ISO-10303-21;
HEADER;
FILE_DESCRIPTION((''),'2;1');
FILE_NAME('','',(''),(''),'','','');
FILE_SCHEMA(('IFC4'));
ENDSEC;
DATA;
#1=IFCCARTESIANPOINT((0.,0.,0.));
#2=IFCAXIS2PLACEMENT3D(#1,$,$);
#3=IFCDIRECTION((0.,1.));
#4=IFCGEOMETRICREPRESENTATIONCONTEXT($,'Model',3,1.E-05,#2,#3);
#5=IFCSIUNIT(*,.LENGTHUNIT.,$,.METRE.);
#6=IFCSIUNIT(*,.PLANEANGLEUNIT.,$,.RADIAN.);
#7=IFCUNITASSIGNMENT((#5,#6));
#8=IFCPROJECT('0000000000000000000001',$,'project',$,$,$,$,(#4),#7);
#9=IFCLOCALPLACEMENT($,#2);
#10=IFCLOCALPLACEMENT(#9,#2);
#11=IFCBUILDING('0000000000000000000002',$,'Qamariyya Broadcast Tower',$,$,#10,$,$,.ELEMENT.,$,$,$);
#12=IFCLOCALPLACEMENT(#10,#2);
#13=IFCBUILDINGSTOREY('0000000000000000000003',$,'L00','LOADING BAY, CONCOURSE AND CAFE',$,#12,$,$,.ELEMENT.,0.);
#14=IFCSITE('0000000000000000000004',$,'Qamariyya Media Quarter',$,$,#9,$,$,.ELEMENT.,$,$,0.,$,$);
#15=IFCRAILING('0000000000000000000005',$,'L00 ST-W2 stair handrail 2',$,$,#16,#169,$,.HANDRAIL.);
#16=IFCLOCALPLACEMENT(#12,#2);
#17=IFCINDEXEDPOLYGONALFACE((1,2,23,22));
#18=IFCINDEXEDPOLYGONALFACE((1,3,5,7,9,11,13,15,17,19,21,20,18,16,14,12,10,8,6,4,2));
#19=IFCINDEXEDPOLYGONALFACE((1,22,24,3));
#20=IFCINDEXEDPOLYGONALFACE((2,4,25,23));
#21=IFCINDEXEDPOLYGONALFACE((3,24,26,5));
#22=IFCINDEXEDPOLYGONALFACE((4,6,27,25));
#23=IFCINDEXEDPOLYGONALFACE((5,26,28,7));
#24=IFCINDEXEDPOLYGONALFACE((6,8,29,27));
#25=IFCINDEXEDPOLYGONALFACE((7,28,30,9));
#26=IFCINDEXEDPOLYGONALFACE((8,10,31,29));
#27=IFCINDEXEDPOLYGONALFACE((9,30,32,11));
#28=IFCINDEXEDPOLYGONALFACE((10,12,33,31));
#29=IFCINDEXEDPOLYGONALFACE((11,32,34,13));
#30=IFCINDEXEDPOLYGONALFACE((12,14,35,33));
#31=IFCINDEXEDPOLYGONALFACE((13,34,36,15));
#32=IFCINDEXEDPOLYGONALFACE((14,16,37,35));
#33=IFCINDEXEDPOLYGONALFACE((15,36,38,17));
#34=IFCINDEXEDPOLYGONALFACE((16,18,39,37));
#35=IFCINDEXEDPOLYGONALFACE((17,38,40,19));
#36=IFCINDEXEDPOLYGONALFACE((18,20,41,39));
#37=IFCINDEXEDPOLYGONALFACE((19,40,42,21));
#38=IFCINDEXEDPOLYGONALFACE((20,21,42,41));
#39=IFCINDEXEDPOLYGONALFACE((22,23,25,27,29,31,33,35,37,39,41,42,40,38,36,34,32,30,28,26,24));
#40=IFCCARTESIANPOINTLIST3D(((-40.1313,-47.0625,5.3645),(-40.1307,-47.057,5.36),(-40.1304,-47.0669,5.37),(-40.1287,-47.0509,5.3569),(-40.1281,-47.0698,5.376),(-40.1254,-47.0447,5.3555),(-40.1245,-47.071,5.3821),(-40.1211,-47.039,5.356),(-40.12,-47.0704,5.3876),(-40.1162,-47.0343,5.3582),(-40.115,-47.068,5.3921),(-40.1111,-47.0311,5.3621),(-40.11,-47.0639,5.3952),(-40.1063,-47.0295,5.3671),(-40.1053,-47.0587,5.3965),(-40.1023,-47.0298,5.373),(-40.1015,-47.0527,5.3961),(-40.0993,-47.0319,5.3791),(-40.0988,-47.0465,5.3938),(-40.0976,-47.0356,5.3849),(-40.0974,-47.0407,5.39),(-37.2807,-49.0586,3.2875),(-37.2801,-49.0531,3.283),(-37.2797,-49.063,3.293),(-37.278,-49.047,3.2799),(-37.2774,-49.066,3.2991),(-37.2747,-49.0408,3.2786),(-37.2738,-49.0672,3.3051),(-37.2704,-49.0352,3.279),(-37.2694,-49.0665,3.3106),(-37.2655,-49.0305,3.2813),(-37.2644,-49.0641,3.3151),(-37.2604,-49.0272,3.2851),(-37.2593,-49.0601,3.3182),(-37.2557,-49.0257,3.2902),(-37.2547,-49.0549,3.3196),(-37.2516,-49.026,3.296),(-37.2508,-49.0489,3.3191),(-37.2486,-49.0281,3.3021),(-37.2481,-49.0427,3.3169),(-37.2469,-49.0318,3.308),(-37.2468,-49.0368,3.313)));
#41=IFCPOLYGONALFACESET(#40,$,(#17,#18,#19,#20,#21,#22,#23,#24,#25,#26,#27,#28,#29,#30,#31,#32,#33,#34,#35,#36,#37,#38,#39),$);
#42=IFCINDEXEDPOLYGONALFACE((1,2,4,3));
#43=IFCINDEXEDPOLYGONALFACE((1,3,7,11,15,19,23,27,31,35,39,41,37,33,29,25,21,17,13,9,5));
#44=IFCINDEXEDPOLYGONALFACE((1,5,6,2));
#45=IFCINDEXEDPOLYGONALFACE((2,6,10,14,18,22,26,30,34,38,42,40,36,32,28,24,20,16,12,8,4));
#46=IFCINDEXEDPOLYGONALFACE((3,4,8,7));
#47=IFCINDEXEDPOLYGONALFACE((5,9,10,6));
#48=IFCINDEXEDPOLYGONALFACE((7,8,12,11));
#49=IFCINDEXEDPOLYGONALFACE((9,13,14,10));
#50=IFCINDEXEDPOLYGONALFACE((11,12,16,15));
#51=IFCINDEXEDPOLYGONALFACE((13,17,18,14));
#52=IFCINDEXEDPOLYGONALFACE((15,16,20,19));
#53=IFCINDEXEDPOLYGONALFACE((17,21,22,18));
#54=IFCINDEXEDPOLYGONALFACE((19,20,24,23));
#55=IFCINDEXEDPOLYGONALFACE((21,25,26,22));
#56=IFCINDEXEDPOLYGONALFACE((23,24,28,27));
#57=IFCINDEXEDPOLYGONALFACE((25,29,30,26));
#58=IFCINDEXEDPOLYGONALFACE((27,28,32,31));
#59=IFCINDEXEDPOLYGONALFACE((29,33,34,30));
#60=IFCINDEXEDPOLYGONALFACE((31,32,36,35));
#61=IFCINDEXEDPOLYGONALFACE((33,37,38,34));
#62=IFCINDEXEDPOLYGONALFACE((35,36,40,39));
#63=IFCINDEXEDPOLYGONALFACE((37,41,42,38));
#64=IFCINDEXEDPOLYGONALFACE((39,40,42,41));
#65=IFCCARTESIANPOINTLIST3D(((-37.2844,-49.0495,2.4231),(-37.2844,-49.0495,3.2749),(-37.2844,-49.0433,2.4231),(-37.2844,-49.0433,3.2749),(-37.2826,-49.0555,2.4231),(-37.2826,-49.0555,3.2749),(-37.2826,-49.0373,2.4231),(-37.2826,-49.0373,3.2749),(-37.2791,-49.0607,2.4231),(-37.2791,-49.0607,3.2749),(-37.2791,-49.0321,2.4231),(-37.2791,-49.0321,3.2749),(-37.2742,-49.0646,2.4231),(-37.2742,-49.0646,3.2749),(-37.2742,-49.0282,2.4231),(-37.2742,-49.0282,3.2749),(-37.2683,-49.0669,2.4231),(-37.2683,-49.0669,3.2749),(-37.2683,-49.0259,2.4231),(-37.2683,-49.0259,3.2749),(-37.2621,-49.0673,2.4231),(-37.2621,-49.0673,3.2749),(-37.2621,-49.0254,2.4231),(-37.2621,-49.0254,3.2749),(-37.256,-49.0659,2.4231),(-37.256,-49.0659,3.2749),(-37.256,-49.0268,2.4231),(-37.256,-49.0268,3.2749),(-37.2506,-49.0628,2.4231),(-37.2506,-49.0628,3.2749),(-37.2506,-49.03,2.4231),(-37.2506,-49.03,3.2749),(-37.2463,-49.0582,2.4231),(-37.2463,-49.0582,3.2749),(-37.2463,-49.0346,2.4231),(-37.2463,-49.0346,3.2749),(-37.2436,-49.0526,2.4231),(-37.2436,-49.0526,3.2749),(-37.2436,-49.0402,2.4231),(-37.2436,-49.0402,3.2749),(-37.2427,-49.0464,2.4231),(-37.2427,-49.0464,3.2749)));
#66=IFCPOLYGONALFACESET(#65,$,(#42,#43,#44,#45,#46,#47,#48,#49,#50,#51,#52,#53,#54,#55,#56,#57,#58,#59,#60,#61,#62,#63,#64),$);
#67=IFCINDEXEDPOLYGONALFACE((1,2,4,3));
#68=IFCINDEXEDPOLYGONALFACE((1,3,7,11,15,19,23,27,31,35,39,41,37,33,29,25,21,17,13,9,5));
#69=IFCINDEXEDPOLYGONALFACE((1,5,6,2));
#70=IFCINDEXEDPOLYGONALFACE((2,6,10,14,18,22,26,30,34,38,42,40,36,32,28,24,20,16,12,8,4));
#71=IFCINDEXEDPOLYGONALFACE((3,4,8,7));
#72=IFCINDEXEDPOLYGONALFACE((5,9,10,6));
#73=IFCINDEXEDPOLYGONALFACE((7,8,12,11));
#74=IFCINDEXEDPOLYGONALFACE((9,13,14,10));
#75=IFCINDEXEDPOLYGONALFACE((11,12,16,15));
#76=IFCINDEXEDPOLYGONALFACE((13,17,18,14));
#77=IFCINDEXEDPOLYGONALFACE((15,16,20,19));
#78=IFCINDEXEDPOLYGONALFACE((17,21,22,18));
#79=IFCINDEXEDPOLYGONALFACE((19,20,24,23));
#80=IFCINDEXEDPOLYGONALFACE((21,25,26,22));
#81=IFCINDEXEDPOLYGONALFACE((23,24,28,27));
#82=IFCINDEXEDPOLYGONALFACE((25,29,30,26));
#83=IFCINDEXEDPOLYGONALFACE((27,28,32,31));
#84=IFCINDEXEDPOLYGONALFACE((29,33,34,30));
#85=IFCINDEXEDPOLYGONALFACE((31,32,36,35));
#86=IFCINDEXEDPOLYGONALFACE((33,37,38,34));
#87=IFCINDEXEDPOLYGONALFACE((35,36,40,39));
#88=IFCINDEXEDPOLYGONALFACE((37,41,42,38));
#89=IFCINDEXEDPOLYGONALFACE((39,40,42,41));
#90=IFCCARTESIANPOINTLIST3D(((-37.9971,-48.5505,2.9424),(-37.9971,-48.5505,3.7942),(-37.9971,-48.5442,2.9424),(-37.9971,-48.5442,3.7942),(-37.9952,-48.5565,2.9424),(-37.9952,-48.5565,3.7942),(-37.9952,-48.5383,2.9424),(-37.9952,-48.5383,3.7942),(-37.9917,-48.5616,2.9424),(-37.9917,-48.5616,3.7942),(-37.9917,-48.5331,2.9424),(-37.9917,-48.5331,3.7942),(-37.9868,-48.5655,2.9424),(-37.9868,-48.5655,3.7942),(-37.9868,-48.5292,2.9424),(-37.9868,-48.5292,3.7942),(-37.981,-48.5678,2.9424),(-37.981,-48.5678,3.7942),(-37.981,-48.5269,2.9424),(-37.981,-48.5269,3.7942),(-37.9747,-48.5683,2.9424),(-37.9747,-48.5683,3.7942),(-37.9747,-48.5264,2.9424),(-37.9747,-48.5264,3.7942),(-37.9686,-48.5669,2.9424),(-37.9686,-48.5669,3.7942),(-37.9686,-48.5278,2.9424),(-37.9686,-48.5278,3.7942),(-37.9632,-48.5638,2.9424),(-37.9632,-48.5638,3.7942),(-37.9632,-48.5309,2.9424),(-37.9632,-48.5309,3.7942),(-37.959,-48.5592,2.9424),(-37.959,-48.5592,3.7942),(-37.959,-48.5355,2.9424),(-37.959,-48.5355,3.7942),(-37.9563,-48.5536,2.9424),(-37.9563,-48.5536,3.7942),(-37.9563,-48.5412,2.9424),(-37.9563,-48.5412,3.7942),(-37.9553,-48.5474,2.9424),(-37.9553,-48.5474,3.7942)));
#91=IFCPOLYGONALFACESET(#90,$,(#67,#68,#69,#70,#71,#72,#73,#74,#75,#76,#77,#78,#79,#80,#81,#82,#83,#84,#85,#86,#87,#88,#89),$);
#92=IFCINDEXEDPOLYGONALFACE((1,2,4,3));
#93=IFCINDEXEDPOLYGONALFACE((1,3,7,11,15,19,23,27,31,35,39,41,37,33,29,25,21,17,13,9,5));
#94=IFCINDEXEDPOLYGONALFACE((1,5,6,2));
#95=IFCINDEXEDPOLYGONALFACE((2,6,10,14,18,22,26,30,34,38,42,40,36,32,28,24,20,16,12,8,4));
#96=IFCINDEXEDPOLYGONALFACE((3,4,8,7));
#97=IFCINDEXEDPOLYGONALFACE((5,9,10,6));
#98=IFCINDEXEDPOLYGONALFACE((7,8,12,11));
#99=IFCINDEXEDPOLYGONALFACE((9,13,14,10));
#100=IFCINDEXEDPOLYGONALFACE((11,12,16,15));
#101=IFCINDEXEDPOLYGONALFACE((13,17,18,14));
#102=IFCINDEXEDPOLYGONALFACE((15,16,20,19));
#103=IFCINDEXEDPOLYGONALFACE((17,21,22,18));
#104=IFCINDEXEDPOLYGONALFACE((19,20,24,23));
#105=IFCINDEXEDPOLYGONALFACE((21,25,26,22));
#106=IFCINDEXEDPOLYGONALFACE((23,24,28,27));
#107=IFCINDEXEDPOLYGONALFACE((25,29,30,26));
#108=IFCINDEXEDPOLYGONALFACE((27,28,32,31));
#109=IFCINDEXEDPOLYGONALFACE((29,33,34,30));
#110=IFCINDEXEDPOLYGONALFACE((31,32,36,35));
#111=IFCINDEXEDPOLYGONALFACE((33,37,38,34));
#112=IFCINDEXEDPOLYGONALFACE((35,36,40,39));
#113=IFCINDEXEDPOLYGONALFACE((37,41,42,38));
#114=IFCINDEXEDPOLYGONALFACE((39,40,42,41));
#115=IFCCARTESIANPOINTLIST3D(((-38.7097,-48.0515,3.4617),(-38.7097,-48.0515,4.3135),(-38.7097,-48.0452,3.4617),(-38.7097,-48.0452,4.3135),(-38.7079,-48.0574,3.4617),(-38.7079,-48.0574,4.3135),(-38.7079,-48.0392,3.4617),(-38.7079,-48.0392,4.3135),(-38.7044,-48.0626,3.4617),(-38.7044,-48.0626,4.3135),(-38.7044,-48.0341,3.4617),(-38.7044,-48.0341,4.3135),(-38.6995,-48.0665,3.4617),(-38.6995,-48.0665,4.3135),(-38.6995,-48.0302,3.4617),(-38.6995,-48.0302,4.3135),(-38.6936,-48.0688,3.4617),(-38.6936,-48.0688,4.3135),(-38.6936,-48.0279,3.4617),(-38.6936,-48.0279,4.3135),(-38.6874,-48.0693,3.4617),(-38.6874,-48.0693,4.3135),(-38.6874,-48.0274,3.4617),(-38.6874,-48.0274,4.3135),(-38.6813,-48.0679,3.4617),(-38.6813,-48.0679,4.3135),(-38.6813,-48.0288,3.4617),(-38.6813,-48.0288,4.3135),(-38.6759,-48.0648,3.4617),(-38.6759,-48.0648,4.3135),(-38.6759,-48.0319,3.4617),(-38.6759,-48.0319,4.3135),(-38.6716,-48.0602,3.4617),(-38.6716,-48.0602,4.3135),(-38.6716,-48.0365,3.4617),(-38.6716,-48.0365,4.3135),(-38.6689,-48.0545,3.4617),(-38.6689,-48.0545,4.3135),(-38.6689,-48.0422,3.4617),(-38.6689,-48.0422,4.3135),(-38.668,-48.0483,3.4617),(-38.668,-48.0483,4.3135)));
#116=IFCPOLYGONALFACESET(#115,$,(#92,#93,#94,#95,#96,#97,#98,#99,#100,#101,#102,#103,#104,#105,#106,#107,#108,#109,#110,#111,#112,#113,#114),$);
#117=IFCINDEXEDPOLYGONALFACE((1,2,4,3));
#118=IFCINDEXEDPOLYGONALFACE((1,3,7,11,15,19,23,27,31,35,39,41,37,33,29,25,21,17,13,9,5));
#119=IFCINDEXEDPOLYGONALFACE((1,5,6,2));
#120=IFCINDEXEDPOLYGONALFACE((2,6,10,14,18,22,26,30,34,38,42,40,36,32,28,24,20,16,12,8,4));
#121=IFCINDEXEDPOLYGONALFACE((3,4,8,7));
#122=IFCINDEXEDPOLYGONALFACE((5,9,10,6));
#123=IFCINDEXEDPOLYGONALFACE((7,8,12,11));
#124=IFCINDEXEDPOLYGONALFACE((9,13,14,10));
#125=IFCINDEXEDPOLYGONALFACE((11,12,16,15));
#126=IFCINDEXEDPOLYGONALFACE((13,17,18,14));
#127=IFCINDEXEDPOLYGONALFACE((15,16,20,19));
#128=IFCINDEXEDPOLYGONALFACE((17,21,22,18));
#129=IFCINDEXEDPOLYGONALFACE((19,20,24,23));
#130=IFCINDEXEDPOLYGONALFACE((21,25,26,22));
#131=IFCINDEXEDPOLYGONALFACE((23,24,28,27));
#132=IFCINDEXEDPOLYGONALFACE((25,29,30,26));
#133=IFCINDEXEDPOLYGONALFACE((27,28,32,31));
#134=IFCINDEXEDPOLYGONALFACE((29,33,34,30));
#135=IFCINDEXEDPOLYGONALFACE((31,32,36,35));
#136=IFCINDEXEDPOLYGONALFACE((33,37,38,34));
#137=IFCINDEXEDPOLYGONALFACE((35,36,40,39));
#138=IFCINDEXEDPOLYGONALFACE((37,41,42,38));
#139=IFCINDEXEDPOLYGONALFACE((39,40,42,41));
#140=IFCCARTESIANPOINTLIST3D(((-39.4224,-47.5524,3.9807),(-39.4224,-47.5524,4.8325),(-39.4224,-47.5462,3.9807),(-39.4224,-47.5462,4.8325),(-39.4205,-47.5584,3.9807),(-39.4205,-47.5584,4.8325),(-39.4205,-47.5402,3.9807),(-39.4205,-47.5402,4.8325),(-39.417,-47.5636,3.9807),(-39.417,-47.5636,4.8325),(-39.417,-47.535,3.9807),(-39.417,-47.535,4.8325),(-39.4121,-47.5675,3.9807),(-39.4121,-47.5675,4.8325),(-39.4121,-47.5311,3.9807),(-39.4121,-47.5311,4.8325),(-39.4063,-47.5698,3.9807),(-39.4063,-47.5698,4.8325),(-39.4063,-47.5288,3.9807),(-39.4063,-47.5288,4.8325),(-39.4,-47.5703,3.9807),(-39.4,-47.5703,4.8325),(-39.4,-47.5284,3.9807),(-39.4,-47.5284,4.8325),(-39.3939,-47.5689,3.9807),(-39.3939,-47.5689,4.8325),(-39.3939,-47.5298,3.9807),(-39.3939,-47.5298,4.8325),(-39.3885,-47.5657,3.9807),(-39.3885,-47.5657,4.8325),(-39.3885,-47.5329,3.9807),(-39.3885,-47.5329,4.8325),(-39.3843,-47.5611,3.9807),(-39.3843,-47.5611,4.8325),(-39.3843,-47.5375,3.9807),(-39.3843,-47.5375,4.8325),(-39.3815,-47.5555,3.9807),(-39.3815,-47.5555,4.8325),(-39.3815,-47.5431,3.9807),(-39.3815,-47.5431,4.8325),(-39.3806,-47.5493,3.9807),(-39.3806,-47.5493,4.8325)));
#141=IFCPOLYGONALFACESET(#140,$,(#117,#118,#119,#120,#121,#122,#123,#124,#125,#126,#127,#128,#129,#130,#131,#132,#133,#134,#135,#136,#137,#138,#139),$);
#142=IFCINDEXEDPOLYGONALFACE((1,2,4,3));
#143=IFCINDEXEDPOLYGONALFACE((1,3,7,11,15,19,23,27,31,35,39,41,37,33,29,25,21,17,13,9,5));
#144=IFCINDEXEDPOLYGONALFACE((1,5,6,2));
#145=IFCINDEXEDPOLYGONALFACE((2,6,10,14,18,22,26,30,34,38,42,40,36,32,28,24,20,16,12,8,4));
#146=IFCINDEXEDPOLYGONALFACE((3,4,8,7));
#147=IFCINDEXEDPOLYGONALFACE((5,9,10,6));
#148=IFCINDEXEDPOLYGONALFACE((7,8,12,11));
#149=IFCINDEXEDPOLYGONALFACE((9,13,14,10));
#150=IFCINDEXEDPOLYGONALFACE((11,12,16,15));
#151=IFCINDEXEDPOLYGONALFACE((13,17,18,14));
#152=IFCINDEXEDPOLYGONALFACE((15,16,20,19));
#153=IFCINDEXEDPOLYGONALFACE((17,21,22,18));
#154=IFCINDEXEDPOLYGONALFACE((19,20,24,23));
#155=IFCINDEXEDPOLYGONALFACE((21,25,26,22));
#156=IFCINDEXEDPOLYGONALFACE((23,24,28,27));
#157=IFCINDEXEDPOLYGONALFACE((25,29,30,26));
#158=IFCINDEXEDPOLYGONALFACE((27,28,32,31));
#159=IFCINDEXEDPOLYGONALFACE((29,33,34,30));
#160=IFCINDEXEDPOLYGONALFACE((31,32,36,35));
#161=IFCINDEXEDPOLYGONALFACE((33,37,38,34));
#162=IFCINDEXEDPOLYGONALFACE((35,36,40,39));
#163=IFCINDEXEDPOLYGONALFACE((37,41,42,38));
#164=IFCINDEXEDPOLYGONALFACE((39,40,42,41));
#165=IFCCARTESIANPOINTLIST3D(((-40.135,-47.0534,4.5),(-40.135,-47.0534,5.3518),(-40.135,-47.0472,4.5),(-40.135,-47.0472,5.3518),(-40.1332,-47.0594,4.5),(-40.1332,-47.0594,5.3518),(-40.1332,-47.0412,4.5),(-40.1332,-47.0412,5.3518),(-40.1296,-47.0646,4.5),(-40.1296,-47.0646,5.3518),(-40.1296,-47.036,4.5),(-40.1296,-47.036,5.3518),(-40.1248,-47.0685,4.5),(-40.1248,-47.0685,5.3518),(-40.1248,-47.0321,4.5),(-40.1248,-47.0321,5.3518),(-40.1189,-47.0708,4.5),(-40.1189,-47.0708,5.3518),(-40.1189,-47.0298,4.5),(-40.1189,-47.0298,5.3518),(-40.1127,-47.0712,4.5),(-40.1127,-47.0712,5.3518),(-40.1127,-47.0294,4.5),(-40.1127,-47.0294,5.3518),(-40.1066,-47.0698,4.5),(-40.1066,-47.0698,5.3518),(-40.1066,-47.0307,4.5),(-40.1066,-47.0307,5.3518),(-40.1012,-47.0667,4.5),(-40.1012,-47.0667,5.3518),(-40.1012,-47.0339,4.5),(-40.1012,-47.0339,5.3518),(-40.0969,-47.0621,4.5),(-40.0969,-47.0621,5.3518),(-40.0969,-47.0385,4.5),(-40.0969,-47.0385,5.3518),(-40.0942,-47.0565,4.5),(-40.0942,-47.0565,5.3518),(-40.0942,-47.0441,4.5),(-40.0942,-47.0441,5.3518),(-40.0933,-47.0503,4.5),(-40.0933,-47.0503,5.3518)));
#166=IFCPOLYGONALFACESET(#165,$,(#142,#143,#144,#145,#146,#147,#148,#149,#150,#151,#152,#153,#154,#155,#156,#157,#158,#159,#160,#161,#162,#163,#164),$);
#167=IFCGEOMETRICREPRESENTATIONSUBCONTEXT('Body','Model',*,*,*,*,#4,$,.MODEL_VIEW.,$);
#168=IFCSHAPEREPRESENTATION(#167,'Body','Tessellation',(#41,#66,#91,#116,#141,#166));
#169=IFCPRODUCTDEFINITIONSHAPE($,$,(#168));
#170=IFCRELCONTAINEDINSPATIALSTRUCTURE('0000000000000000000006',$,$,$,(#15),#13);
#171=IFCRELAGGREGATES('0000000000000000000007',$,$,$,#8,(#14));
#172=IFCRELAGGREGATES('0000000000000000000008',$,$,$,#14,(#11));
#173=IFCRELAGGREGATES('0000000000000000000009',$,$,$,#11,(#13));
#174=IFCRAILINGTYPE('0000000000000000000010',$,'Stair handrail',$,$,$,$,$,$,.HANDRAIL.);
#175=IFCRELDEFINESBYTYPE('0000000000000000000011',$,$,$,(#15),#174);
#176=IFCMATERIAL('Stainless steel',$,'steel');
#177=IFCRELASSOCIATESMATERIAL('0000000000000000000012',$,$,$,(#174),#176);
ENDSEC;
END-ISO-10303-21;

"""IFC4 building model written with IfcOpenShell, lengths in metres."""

from ifc_helpers import new_model, si_unit, direction, frame, origin, origin_2d, place, context, subcontext, project, spatial, circle, extrude, material, type_object, element, save


model = new_model("IFC4")

# Units and contexts
model_context = context("Model", 3, precision=1e-05, world=origin(), true_north=direction((0.0, 1.0)))
body_context = subcontext(model_context, "Body", "Model", "MODEL_VIEW")
ifc_project = project(units=[si_unit("LENGTHUNIT", "METRE"), si_unit("PLANEANGLEUNIT", "RADIAN")], contexts=[model_context])

# Site, building, storey
site_placement = place(None, origin())
site = spatial("IfcSite", under=ifc_project, at=site_placement, Name="Qamariyya Media Quarter", CompositionType="ELEMENT", RefElevation=0.0)
building_placement = place(site_placement, origin())
building = spatial("IfcBuilding", under=site, at=building_placement, Name="Qamariyya Broadcast Tower", CompositionType="ELEMENT")
storey_placement = place(building_placement, origin())
storey = spatial("IfcBuildingStorey", under=building, at=storey_placement, Name="L00", Description="LOADING BAY, CONCOURSE AND CAFE", CompositionType="ELEMENT", Elevation=0.0)

# Railing
ifc_material_1 = material(Name="Stainless steel", Category="steel")
railing_type = type_object("IfcRailingType", Name="Stair handrail", PredefinedType="HANDRAIL", material=ifc_material_1)
for number, where, name in (
    (1, (-37.2637, -49.0464, 2.4231), "L00 ST-W2 stair handrail 2"),
):
    element("IfcRailing", number, at=place(storey_placement, frame(where)), inside=storey, type_object=railing_type, Name=name, PredefinedType="HANDRAIL", context=body_context, shape_type="SweptSolid", body=[
        extrude(circle(Radius=0.0239, at=origin_2d()), frame((0.0, 0.0, 0.876), z_axis=(-0.703393, 0.492544, 0.512484), x_axis=(-0.573594, -0.81914, 0.0)), (0.0, 0.0, 1.0), 4.0527),
        extrude(circle(Radius=0.021, at=origin_2d()), origin(), (0.0, 0.0, 1.0), 0.8518),
        extrude(circle(Radius=0.021, at=origin_2d()), frame((-0.7126, 0.499, 0.5193)), (0.0, 0.0, 1.0), 0.8518),
        extrude(circle(Radius=0.021, at=origin_2d()), frame((-1.4253, 0.998, 1.0386)), (0.0, 0.0, 1.0), 0.8518),
        extrude(circle(Radius=0.021, at=origin_2d()), frame((-2.1379, 1.4971, 1.5576)), (0.0, 0.0, 1.0), 0.8518),
        extrude(circle(Radius=0.021, at=origin_2d()), frame((-2.8506, 1.9961, 2.0769)), (0.0, 0.0, 1.0), 0.8518),
    ])

save(model, "model.ifc")
